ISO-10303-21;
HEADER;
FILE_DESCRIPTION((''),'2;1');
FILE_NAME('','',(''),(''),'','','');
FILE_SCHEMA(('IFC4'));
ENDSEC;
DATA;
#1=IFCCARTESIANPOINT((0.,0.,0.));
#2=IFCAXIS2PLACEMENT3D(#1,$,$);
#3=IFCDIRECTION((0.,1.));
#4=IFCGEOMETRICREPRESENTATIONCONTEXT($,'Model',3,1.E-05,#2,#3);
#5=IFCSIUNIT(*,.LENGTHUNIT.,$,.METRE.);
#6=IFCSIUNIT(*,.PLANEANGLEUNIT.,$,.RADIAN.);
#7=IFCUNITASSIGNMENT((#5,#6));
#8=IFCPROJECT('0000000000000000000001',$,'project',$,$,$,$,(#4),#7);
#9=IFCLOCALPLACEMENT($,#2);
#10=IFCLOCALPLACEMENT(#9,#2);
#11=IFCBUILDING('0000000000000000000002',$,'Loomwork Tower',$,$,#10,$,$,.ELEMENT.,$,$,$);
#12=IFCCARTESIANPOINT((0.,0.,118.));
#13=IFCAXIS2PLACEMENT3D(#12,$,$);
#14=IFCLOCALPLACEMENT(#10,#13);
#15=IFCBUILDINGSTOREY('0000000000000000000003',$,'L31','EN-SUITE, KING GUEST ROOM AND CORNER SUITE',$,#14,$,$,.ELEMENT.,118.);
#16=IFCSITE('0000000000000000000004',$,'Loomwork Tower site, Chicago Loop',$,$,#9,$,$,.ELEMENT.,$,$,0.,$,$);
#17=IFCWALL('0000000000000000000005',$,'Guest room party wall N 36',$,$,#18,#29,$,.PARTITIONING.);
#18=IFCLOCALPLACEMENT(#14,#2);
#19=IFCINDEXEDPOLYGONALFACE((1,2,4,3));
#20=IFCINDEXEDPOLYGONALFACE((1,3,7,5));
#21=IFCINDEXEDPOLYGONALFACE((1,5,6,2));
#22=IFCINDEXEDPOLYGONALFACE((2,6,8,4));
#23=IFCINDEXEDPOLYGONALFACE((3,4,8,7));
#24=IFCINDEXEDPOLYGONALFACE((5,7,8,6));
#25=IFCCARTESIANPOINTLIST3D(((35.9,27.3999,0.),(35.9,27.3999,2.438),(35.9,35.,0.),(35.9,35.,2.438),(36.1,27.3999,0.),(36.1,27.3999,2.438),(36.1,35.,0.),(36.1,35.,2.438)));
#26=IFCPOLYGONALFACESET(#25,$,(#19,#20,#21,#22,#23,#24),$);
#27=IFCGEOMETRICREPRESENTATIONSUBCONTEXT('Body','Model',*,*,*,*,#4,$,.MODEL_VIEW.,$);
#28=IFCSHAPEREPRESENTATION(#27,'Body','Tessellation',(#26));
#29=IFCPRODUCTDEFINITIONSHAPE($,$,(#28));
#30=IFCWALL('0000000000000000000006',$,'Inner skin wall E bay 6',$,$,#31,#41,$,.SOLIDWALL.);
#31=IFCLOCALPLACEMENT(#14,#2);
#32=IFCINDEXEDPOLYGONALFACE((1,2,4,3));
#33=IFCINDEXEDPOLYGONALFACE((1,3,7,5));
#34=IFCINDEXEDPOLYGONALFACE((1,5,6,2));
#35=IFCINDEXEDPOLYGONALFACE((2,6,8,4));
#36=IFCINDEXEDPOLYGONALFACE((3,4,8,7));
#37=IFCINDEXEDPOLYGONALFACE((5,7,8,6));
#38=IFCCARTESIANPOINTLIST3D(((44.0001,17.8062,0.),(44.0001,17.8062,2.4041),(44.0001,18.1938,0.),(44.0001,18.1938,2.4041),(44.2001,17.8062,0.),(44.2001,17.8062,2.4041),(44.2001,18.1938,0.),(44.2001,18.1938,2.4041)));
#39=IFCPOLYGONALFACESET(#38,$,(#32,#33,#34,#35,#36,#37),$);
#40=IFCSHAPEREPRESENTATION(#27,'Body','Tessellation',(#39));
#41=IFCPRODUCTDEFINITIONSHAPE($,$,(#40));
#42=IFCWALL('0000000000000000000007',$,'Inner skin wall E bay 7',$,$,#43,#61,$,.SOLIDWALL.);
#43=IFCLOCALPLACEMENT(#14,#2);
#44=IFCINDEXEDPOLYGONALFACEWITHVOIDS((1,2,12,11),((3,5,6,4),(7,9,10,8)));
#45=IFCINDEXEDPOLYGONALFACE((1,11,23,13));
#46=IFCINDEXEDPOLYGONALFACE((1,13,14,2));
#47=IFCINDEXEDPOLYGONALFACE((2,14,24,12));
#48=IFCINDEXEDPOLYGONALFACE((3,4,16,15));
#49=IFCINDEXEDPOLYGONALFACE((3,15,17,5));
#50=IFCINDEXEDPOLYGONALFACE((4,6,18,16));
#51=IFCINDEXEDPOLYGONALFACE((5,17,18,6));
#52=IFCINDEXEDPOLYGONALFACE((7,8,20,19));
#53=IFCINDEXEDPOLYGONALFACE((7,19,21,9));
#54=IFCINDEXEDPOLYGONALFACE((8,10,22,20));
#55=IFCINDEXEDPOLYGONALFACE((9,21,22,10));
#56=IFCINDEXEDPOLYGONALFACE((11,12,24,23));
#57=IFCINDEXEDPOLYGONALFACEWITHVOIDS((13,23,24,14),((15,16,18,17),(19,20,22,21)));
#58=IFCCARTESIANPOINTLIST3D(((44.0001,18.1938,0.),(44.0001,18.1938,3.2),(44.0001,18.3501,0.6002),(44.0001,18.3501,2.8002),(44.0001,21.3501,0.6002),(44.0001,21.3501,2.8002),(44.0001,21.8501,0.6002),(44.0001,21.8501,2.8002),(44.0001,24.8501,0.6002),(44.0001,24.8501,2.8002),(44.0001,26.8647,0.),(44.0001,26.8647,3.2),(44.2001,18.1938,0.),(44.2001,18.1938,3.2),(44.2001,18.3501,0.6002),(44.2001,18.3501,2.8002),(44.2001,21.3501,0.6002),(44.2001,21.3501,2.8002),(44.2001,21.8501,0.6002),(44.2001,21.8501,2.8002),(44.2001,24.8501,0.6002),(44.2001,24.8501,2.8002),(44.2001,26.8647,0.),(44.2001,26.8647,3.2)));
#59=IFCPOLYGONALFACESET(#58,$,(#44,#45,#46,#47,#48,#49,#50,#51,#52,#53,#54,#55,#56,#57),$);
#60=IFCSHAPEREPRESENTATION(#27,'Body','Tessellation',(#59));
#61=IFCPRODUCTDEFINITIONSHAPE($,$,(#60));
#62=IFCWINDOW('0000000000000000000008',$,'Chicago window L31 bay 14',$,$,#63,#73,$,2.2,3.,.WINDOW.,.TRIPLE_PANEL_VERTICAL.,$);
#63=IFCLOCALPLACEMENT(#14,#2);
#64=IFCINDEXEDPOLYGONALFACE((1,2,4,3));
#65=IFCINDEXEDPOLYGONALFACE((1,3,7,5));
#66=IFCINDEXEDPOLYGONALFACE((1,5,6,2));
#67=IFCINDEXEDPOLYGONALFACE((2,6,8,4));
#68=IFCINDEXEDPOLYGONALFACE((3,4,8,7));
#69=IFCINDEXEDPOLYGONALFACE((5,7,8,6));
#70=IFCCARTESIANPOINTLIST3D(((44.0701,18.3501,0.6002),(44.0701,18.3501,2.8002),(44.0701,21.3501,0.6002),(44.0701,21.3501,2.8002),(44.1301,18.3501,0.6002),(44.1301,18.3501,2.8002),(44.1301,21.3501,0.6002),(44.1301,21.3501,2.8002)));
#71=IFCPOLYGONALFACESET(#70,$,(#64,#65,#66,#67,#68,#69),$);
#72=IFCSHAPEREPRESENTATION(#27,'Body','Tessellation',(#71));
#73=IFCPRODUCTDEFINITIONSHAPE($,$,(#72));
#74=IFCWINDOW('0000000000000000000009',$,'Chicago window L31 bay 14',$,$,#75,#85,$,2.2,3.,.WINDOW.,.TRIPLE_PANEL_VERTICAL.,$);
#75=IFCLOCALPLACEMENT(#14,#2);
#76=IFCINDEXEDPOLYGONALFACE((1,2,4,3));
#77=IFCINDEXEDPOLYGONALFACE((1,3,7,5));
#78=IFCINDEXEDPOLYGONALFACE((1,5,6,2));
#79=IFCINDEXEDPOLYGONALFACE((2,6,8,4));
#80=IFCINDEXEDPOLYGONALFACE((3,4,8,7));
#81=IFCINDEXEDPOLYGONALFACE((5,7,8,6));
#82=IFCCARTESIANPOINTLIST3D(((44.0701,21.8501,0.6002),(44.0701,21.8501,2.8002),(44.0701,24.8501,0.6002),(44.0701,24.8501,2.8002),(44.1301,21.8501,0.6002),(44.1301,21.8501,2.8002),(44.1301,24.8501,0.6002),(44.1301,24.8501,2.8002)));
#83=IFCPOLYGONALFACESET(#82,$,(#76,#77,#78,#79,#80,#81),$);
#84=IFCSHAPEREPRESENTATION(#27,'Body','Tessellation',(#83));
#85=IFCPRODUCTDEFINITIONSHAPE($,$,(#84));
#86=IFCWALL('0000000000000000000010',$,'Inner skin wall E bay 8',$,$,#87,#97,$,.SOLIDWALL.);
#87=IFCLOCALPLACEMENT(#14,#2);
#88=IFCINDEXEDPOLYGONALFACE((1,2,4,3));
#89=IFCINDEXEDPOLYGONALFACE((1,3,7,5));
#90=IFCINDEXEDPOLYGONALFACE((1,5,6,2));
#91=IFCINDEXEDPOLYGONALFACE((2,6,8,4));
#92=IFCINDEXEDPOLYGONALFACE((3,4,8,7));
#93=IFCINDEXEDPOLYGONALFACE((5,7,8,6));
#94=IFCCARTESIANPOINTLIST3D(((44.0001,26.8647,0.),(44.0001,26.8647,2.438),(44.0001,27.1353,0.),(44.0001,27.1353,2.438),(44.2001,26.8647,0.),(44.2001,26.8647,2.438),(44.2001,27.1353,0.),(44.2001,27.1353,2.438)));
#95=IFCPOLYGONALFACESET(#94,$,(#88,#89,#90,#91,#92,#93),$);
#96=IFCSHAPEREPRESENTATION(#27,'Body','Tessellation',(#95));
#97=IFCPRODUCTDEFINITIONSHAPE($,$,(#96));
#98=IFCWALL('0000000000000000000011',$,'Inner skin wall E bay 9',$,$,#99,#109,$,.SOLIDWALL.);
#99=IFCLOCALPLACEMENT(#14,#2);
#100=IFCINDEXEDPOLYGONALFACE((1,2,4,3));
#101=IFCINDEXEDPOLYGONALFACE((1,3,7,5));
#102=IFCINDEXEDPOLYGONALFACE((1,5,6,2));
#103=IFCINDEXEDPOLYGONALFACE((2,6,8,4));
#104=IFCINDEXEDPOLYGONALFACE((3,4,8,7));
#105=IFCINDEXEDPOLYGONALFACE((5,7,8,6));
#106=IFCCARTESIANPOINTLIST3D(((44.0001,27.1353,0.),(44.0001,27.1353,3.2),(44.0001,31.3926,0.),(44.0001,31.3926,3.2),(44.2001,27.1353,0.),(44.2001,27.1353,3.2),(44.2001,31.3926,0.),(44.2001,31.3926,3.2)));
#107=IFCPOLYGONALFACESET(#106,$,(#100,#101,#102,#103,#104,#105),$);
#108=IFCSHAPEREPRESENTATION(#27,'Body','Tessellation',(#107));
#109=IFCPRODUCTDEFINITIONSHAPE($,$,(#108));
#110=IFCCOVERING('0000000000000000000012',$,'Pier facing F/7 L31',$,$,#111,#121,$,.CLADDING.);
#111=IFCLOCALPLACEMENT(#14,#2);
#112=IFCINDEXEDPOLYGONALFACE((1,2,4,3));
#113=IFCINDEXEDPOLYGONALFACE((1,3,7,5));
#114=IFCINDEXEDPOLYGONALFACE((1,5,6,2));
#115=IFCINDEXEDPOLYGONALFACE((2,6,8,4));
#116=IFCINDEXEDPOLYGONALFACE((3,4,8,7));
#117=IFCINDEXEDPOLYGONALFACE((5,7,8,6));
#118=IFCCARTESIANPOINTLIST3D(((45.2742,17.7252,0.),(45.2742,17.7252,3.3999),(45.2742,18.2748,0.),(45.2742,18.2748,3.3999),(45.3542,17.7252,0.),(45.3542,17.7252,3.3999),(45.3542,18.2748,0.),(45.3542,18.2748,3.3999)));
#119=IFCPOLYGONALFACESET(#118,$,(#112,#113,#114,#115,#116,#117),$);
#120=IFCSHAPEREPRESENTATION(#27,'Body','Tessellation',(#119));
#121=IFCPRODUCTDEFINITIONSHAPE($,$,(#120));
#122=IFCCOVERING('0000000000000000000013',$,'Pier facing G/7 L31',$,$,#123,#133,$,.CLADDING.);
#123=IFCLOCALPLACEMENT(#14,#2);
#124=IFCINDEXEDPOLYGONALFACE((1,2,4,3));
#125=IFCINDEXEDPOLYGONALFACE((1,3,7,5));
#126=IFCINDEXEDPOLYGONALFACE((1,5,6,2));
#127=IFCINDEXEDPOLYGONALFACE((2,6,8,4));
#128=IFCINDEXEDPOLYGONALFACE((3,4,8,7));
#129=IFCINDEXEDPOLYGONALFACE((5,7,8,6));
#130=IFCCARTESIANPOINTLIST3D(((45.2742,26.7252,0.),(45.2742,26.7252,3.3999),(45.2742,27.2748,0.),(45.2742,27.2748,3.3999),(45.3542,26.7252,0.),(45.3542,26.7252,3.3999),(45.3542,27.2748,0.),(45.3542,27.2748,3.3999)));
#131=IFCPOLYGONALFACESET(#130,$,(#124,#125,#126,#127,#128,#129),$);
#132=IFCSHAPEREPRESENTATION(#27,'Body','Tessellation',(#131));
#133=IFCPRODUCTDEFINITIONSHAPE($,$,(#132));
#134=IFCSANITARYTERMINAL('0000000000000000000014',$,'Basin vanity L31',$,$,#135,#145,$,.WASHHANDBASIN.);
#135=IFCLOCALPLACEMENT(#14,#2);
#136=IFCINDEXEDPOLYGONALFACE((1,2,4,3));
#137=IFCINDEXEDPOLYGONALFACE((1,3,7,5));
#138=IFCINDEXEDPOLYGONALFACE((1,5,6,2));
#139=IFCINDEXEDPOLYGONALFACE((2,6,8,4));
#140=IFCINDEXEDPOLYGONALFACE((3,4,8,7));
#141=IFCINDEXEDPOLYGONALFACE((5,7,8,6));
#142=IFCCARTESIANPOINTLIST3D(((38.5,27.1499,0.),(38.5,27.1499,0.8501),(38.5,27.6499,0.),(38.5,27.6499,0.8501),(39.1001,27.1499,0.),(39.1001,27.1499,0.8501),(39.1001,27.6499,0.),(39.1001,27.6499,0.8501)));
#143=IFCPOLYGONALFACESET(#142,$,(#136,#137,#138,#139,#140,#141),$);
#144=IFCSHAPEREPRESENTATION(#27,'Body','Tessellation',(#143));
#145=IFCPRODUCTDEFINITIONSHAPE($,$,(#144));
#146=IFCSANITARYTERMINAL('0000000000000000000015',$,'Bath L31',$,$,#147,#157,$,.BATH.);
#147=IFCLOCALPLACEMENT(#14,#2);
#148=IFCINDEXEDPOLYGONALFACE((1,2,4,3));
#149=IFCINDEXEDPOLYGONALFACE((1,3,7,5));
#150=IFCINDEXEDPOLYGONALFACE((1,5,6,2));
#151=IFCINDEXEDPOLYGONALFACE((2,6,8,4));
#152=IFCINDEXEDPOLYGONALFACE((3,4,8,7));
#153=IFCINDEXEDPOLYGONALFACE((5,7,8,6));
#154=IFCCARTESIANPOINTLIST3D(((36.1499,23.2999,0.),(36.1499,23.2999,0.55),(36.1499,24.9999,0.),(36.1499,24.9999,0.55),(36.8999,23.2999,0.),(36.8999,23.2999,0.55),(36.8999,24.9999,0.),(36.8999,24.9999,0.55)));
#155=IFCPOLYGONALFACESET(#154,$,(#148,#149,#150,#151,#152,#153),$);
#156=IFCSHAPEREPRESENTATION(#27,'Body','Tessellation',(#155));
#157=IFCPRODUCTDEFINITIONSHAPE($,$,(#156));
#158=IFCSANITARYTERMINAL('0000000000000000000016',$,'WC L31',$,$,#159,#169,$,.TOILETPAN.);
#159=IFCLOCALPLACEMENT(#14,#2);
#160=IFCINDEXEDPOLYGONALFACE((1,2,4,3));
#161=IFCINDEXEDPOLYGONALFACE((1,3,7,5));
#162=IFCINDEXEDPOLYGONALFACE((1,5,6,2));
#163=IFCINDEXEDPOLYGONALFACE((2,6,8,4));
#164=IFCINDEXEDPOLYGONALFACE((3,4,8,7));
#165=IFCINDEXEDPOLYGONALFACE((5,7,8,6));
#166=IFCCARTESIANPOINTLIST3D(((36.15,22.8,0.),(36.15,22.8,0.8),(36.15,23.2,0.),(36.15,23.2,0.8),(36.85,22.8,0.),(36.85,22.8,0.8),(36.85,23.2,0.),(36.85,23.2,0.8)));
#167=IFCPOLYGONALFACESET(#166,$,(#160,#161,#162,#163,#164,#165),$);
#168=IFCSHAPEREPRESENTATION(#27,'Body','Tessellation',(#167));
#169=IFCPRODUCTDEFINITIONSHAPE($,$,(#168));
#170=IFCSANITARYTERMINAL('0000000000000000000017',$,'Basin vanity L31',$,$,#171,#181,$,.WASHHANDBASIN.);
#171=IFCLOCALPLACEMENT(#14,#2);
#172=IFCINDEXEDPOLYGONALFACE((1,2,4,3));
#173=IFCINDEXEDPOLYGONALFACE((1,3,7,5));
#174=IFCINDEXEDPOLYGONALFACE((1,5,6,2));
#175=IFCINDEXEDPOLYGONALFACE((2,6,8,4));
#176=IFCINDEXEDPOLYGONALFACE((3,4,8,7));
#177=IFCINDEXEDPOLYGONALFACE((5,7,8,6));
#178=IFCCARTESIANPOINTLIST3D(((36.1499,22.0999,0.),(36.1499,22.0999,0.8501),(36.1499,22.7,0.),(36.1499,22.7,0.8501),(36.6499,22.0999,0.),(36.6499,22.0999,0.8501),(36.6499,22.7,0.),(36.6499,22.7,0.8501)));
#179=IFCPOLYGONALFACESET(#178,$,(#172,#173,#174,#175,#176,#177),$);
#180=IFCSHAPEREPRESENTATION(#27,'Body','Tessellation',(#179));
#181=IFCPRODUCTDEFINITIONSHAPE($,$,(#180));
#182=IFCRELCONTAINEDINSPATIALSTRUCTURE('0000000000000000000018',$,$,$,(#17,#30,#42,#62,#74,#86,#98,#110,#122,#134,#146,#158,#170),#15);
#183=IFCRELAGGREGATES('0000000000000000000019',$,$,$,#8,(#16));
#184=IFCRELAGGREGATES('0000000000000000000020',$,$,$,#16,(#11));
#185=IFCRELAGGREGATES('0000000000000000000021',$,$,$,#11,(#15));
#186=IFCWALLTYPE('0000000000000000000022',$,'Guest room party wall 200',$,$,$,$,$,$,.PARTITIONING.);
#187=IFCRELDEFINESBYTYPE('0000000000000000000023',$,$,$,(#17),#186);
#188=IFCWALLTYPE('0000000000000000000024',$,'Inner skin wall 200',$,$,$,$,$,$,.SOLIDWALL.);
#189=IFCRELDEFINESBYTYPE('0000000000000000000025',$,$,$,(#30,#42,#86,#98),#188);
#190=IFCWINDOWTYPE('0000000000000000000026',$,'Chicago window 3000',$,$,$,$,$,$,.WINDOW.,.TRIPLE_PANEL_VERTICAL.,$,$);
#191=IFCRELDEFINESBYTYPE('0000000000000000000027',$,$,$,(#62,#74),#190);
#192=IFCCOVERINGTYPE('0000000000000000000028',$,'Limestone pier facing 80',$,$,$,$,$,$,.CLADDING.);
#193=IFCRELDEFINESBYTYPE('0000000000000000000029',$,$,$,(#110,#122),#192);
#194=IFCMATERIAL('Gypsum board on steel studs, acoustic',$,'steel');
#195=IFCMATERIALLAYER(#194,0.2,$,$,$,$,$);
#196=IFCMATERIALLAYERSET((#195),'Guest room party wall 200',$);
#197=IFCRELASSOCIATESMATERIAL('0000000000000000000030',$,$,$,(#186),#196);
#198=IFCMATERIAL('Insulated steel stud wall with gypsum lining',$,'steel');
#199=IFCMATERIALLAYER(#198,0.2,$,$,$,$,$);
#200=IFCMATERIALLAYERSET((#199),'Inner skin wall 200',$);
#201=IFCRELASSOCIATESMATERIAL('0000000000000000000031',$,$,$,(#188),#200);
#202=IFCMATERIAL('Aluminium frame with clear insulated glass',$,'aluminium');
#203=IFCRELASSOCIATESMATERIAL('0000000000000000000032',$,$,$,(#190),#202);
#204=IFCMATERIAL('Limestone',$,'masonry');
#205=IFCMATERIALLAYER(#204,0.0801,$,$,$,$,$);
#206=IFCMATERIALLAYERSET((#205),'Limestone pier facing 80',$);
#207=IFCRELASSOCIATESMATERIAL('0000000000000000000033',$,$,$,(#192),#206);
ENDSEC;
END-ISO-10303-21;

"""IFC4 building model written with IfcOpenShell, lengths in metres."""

from ifc_helpers import new_model, si_unit, direction, frame, frame_2d, origin, origin_2d, place, context, subcontext, project, spatial, rectangle, extrude, material, layer, layer_set, type_object, element, fill, save


model = new_model("IFC4")

# Units and contexts
model_context = context("Model", 3, precision=1e-05, world=origin(), true_north=direction((0.0, 1.0)))
body_context = subcontext(model_context, "Body", "Model", "MODEL_VIEW")
ifc_project = project(units=[si_unit("LENGTHUNIT", "METRE"), si_unit("PLANEANGLEUNIT", "RADIAN")], contexts=[model_context])

# Site, building, storey
site_placement = place(None, origin())
site = spatial("IfcSite", under=ifc_project, at=site_placement, Name="Loomwork Tower site, Chicago Loop", CompositionType="ELEMENT", RefElevation=0.0)
building_placement = place(site_placement, origin())
building = spatial("IfcBuilding", under=site, at=building_placement, Name="Loomwork Tower", CompositionType="ELEMENT")
storey_placement = place(building_placement, frame((0.0, 0.0, 118.0)))
storey = spatial("IfcBuildingStorey", under=building, at=storey_placement, Name="L31", Description="EN-SUITE, KING GUEST ROOM AND CORNER SUITE", CompositionType="ELEMENT", Elevation=118.0)

# Walls
ifc_material_1 = material(Name="Gypsum board on steel studs, acoustic", Category="steel")
ifc_layer_1 = layer(ifc_material_1, 0.2)
ifc_layer_set_1 = layer_set([ifc_layer_1], Name="Guest room party wall 200")
wall_type_1 = type_object("IfcWallType", Name="Guest room party wall 200", PredefinedType="PARTITIONING", material=ifc_layer_set_1)
wall_1_placement = place(storey_placement, frame((36.0, 27.3999, 0.0), z_axis=(0.0, 0.0, 1.0), x_axis=(0.0, 1.0, 0.0)))
element("IfcWall", 1, at=wall_1_placement, inside=storey, type_object=wall_type_1, Name="Guest room party wall N 36", PredefinedType="PARTITIONING", context=body_context, shape_type="SweptSolid", body=[
    extrude(rectangle(XDim=7.6001, YDim=0.2, at=frame_2d((3.8, 0.0))), origin(), (0.0, 0.0, 1.0), 2.438),
])
ifc_material_2 = material(Name="Insulated steel stud wall with gypsum lining", Category="steel")
ifc_layer_2 = layer(ifc_material_2, 0.2)
ifc_layer_set_2 = layer_set([ifc_layer_2], Name="Inner skin wall 200")
wall_type_2 = type_object("IfcWallType", Name="Inner skin wall 200", PredefinedType="SOLIDWALL", material=ifc_layer_set_2)
wall_2_placement = place(storey_placement, frame((44.1001, 17.8062, 0.0), z_axis=(0.0, 0.0, 1.0), x_axis=(0.0, 1.0, 0.0)))
element("IfcWall", 2, at=wall_2_placement, inside=storey, type_object=wall_type_2, Name="Inner skin wall E bay 6", PredefinedType="SOLIDWALL", context=body_context, shape_type="SweptSolid", body=[
    extrude(rectangle(XDim=0.3877, YDim=0.2, at=frame_2d((0.1938, 0.0))), origin(), (0.0, 0.0, 1.0), 2.4041),
])

# Wall, openings, windows
wall_3_placement = place(storey_placement, frame((44.1001, 18.1938, 0.0), z_axis=(0.0, 0.0, 1.0), x_axis=(0.0, 1.0, 0.0)))
wall_3 = element("IfcWall", 3, at=wall_3_placement, inside=storey, type_object=wall_type_2, Name="Inner skin wall E bay 7", PredefinedType="SOLIDWALL", context=body_context, shape_type="SweptSolid", body=[
    extrude(rectangle(XDim=8.6709, YDim=0.2, at=frame_2d((4.3354, 0.0))), origin(), (0.0, 0.0, 1.0), 3.2),
])
opening_1_placement = place(wall_3_placement, frame((0.1562, 0.0, 0.6001)))
opening_1 = element("IfcOpeningElement", 4, at=opening_1_placement, cuts=wall_3, PredefinedType="OPENING", context=body_context, shape_type="SweptSolid", body=[
    extrude(rectangle(XDim=3.0, YDim=2.2, at=frame_2d((1.5, 1.1001))), frame((0.0, 0.1099, 0.0), z_axis=(0.0, -1.0, 0.0), x_axis=(1.0, 0.0, 0.0)), (0.0, 0.0, 1.0), 0.22),
])
opening_2_placement = place(wall_3_placement, frame((3.6562, 0.0, 0.6001)))
opening_2 = element("IfcOpeningElement", 5, at=opening_2_placement, cuts=wall_3, PredefinedType="OPENING", context=body_context, shape_type="SweptSolid", body=[
    extrude(rectangle(XDim=3.0, YDim=2.2, at=frame_2d((1.5, 1.1001))), frame((0.0, 0.1099, 0.0), z_axis=(0.0, -1.0, 0.0), x_axis=(1.0, 0.0, 0.0)), (0.0, 0.0, 1.0), 0.22),
])
ifc_material_3 = material(Name="Aluminium frame with clear insulated glass", Category="aluminium")
window_type = type_object("IfcWindowType", Name="Chicago window 3000", PartitioningType="TRIPLE_PANEL_VERTICAL", PredefinedType="WINDOW", material=ifc_material_3)
window_1_placement = place(opening_1_placement, origin())
window_1 = element("IfcWindow", 6, at=window_1_placement, inside=storey, type_object=window_type, Name="Chicago window L31 bay 14", OverallHeight=2.2, OverallWidth=3.0, PartitioningType="TRIPLE_PANEL_VERTICAL", PredefinedType="WINDOW", context=body_context, shape_type="SweptSolid", body=[
    extrude(rectangle(XDim=3.0, YDim=2.2, at=frame_2d((1.5, 1.1001))), frame((0.0, 0.03, 0.0), z_axis=(0.0, -1.0, 0.0), x_axis=(1.0, 0.0, 0.0)), (0.0, 0.0, 1.0), 0.0601),
])
fill(opening_1, window_1)
window_2_placement = place(opening_2_placement, origin())
window_2 = element("IfcWindow", 7, at=window_2_placement, inside=storey, type_object=window_type, Name="Chicago window L31 bay 14", OverallHeight=2.2, OverallWidth=3.0, PartitioningType="TRIPLE_PANEL_VERTICAL", PredefinedType="WINDOW", context=body_context, shape_type="SweptSolid", body=[
    extrude(rectangle(XDim=3.0, YDim=2.2, at=frame_2d((1.5, 1.1001))), frame((0.0, 0.03, 0.0), z_axis=(0.0, -1.0, 0.0), x_axis=(1.0, 0.0, 0.0)), (0.0, 0.0, 1.0), 0.0601),
])
fill(opening_2, window_2)

# Walls
wall_4_placement = place(storey_placement, frame((44.1001, 26.8647, 0.0), z_axis=(0.0, 0.0, 1.0), x_axis=(0.0, 1.0, 0.0)))
element("IfcWall", 8, at=wall_4_placement, inside=storey, type_object=wall_type_2, Name="Inner skin wall E bay 8", PredefinedType="SOLIDWALL", context=body_context, shape_type="SweptSolid", body=[
    extrude(rectangle(XDim=0.2705, YDim=0.2, at=frame_2d((0.1353, 0.0))), origin(), (0.0, 0.0, 1.0), 2.438),
])
wall_5_placement = place(storey_placement, frame((44.1001, 27.1353, 0.0), z_axis=(0.0, 0.0, 1.0), x_axis=(0.0, 1.0, 0.0)))
element("IfcWall", 9, at=wall_5_placement, inside=storey, type_object=wall_type_2, Name="Inner skin wall E bay 9", PredefinedType="SOLIDWALL", context=body_context, shape_type="SweptSolid", body=[
    extrude(rectangle(XDim=4.2573, YDim=0.2, at=frame_2d((2.1287, 0.0))), origin(), (0.0, 0.0, 1.0), 3.2),
])

# Coverings
ifc_material_4 = material(Name="Limestone", Category="masonry")
ifc_layer_3 = layer(ifc_material_4, 0.0801)
ifc_layer_set_3 = layer_set([ifc_layer_3], Name="Limestone pier facing 80")
covering_type = type_object("IfcCoveringType", Name="Limestone pier facing 80", PredefinedType="CLADDING", material=ifc_layer_set_3)
for number, where, z_axis, x_axis, name in (
    (10, (45.3142, 18.0, 0.0), (0.0, 0.0, 1.0), (1.0, 0.0, 0.0), "Pier facing F/7 L31"),
    (11, (45.3142, 27.0, 0.0), (0.0, 0.0, 1.0), (1.0, 0.0, 0.0), "Pier facing G/7 L31"),
):
    element("IfcCovering", number, at=place(storey_placement, frame(where, z_axis=z_axis, x_axis=x_axis)), inside=storey, type_object=covering_type, Name=name, PredefinedType="CLADDING", context=body_context, shape_type="SweptSolid", body=[
        extrude(rectangle(XDim=0.0801, YDim=0.5496, at=origin_2d()), origin(), (0.0, 0.0, 1.0), 3.3999),
    ])

# Sanitary terminals
sanitary_terminal_1_placement = place(storey_placement, frame((38.8, 27.3999, 0.0), z_axis=(0.0, 0.0, 1.0), x_axis=(1.0, 0.0, 0.0)))
element("IfcSanitaryTerminal", 12, at=sanitary_terminal_1_placement, inside=storey, Name="Basin vanity L31", PredefinedType="WASHHANDBASIN", context=body_context, shape_type="SweptSolid", body=[
    extrude(rectangle(XDim=0.6001, YDim=0.5, at=origin_2d()), origin(), (0.0, 0.0, 1.0), 0.8501),
])
sanitary_terminal_2_placement = place(storey_placement, frame((36.5249, 24.1499, 0.0), z_axis=(0.0, 0.0, 1.0), x_axis=(1.0, 0.0, 0.0)))
element("IfcSanitaryTerminal", 13, at=sanitary_terminal_2_placement, inside=storey, Name="Bath L31", PredefinedType="BATH", context=body_context, shape_type="SweptSolid", body=[
    extrude(rectangle(XDim=0.75, YDim=1.7, at=origin_2d()), origin(), (0.0, 0.0, 1.0), 0.55),
])
sanitary_terminal_3_placement = place(storey_placement, frame((36.5, 23.0, 0.0), z_axis=(0.0, 0.0, 1.0), x_axis=(1.0, 0.0, 0.0)))
element("IfcSanitaryTerminal", 14, at=sanitary_terminal_3_placement, inside=storey, Name="WC L31", PredefinedType="TOILETPAN", context=body_context, shape_type="SweptSolid", body=[
    extrude(rectangle(XDim=0.7, YDim=0.3999, at=origin_2d()), origin(), (0.0, 0.0, 1.0), 0.8),
])
sanitary_terminal_4_placement = place(storey_placement, frame((36.3999, 22.3999, 0.0), z_axis=(0.0, 0.0, 1.0), x_axis=(1.0, 0.0, 0.0)))
element("IfcSanitaryTerminal", 15, at=sanitary_terminal_4_placement, inside=storey, Name="Basin vanity L31", PredefinedType="WASHHANDBASIN", context=body_context, shape_type="SweptSolid", body=[
    extrude(rectangle(XDim=0.5, YDim=0.6001, at=origin_2d()), origin(), (0.0, 0.0, 1.0), 0.8501),
])

save(model, "model.ifc")
